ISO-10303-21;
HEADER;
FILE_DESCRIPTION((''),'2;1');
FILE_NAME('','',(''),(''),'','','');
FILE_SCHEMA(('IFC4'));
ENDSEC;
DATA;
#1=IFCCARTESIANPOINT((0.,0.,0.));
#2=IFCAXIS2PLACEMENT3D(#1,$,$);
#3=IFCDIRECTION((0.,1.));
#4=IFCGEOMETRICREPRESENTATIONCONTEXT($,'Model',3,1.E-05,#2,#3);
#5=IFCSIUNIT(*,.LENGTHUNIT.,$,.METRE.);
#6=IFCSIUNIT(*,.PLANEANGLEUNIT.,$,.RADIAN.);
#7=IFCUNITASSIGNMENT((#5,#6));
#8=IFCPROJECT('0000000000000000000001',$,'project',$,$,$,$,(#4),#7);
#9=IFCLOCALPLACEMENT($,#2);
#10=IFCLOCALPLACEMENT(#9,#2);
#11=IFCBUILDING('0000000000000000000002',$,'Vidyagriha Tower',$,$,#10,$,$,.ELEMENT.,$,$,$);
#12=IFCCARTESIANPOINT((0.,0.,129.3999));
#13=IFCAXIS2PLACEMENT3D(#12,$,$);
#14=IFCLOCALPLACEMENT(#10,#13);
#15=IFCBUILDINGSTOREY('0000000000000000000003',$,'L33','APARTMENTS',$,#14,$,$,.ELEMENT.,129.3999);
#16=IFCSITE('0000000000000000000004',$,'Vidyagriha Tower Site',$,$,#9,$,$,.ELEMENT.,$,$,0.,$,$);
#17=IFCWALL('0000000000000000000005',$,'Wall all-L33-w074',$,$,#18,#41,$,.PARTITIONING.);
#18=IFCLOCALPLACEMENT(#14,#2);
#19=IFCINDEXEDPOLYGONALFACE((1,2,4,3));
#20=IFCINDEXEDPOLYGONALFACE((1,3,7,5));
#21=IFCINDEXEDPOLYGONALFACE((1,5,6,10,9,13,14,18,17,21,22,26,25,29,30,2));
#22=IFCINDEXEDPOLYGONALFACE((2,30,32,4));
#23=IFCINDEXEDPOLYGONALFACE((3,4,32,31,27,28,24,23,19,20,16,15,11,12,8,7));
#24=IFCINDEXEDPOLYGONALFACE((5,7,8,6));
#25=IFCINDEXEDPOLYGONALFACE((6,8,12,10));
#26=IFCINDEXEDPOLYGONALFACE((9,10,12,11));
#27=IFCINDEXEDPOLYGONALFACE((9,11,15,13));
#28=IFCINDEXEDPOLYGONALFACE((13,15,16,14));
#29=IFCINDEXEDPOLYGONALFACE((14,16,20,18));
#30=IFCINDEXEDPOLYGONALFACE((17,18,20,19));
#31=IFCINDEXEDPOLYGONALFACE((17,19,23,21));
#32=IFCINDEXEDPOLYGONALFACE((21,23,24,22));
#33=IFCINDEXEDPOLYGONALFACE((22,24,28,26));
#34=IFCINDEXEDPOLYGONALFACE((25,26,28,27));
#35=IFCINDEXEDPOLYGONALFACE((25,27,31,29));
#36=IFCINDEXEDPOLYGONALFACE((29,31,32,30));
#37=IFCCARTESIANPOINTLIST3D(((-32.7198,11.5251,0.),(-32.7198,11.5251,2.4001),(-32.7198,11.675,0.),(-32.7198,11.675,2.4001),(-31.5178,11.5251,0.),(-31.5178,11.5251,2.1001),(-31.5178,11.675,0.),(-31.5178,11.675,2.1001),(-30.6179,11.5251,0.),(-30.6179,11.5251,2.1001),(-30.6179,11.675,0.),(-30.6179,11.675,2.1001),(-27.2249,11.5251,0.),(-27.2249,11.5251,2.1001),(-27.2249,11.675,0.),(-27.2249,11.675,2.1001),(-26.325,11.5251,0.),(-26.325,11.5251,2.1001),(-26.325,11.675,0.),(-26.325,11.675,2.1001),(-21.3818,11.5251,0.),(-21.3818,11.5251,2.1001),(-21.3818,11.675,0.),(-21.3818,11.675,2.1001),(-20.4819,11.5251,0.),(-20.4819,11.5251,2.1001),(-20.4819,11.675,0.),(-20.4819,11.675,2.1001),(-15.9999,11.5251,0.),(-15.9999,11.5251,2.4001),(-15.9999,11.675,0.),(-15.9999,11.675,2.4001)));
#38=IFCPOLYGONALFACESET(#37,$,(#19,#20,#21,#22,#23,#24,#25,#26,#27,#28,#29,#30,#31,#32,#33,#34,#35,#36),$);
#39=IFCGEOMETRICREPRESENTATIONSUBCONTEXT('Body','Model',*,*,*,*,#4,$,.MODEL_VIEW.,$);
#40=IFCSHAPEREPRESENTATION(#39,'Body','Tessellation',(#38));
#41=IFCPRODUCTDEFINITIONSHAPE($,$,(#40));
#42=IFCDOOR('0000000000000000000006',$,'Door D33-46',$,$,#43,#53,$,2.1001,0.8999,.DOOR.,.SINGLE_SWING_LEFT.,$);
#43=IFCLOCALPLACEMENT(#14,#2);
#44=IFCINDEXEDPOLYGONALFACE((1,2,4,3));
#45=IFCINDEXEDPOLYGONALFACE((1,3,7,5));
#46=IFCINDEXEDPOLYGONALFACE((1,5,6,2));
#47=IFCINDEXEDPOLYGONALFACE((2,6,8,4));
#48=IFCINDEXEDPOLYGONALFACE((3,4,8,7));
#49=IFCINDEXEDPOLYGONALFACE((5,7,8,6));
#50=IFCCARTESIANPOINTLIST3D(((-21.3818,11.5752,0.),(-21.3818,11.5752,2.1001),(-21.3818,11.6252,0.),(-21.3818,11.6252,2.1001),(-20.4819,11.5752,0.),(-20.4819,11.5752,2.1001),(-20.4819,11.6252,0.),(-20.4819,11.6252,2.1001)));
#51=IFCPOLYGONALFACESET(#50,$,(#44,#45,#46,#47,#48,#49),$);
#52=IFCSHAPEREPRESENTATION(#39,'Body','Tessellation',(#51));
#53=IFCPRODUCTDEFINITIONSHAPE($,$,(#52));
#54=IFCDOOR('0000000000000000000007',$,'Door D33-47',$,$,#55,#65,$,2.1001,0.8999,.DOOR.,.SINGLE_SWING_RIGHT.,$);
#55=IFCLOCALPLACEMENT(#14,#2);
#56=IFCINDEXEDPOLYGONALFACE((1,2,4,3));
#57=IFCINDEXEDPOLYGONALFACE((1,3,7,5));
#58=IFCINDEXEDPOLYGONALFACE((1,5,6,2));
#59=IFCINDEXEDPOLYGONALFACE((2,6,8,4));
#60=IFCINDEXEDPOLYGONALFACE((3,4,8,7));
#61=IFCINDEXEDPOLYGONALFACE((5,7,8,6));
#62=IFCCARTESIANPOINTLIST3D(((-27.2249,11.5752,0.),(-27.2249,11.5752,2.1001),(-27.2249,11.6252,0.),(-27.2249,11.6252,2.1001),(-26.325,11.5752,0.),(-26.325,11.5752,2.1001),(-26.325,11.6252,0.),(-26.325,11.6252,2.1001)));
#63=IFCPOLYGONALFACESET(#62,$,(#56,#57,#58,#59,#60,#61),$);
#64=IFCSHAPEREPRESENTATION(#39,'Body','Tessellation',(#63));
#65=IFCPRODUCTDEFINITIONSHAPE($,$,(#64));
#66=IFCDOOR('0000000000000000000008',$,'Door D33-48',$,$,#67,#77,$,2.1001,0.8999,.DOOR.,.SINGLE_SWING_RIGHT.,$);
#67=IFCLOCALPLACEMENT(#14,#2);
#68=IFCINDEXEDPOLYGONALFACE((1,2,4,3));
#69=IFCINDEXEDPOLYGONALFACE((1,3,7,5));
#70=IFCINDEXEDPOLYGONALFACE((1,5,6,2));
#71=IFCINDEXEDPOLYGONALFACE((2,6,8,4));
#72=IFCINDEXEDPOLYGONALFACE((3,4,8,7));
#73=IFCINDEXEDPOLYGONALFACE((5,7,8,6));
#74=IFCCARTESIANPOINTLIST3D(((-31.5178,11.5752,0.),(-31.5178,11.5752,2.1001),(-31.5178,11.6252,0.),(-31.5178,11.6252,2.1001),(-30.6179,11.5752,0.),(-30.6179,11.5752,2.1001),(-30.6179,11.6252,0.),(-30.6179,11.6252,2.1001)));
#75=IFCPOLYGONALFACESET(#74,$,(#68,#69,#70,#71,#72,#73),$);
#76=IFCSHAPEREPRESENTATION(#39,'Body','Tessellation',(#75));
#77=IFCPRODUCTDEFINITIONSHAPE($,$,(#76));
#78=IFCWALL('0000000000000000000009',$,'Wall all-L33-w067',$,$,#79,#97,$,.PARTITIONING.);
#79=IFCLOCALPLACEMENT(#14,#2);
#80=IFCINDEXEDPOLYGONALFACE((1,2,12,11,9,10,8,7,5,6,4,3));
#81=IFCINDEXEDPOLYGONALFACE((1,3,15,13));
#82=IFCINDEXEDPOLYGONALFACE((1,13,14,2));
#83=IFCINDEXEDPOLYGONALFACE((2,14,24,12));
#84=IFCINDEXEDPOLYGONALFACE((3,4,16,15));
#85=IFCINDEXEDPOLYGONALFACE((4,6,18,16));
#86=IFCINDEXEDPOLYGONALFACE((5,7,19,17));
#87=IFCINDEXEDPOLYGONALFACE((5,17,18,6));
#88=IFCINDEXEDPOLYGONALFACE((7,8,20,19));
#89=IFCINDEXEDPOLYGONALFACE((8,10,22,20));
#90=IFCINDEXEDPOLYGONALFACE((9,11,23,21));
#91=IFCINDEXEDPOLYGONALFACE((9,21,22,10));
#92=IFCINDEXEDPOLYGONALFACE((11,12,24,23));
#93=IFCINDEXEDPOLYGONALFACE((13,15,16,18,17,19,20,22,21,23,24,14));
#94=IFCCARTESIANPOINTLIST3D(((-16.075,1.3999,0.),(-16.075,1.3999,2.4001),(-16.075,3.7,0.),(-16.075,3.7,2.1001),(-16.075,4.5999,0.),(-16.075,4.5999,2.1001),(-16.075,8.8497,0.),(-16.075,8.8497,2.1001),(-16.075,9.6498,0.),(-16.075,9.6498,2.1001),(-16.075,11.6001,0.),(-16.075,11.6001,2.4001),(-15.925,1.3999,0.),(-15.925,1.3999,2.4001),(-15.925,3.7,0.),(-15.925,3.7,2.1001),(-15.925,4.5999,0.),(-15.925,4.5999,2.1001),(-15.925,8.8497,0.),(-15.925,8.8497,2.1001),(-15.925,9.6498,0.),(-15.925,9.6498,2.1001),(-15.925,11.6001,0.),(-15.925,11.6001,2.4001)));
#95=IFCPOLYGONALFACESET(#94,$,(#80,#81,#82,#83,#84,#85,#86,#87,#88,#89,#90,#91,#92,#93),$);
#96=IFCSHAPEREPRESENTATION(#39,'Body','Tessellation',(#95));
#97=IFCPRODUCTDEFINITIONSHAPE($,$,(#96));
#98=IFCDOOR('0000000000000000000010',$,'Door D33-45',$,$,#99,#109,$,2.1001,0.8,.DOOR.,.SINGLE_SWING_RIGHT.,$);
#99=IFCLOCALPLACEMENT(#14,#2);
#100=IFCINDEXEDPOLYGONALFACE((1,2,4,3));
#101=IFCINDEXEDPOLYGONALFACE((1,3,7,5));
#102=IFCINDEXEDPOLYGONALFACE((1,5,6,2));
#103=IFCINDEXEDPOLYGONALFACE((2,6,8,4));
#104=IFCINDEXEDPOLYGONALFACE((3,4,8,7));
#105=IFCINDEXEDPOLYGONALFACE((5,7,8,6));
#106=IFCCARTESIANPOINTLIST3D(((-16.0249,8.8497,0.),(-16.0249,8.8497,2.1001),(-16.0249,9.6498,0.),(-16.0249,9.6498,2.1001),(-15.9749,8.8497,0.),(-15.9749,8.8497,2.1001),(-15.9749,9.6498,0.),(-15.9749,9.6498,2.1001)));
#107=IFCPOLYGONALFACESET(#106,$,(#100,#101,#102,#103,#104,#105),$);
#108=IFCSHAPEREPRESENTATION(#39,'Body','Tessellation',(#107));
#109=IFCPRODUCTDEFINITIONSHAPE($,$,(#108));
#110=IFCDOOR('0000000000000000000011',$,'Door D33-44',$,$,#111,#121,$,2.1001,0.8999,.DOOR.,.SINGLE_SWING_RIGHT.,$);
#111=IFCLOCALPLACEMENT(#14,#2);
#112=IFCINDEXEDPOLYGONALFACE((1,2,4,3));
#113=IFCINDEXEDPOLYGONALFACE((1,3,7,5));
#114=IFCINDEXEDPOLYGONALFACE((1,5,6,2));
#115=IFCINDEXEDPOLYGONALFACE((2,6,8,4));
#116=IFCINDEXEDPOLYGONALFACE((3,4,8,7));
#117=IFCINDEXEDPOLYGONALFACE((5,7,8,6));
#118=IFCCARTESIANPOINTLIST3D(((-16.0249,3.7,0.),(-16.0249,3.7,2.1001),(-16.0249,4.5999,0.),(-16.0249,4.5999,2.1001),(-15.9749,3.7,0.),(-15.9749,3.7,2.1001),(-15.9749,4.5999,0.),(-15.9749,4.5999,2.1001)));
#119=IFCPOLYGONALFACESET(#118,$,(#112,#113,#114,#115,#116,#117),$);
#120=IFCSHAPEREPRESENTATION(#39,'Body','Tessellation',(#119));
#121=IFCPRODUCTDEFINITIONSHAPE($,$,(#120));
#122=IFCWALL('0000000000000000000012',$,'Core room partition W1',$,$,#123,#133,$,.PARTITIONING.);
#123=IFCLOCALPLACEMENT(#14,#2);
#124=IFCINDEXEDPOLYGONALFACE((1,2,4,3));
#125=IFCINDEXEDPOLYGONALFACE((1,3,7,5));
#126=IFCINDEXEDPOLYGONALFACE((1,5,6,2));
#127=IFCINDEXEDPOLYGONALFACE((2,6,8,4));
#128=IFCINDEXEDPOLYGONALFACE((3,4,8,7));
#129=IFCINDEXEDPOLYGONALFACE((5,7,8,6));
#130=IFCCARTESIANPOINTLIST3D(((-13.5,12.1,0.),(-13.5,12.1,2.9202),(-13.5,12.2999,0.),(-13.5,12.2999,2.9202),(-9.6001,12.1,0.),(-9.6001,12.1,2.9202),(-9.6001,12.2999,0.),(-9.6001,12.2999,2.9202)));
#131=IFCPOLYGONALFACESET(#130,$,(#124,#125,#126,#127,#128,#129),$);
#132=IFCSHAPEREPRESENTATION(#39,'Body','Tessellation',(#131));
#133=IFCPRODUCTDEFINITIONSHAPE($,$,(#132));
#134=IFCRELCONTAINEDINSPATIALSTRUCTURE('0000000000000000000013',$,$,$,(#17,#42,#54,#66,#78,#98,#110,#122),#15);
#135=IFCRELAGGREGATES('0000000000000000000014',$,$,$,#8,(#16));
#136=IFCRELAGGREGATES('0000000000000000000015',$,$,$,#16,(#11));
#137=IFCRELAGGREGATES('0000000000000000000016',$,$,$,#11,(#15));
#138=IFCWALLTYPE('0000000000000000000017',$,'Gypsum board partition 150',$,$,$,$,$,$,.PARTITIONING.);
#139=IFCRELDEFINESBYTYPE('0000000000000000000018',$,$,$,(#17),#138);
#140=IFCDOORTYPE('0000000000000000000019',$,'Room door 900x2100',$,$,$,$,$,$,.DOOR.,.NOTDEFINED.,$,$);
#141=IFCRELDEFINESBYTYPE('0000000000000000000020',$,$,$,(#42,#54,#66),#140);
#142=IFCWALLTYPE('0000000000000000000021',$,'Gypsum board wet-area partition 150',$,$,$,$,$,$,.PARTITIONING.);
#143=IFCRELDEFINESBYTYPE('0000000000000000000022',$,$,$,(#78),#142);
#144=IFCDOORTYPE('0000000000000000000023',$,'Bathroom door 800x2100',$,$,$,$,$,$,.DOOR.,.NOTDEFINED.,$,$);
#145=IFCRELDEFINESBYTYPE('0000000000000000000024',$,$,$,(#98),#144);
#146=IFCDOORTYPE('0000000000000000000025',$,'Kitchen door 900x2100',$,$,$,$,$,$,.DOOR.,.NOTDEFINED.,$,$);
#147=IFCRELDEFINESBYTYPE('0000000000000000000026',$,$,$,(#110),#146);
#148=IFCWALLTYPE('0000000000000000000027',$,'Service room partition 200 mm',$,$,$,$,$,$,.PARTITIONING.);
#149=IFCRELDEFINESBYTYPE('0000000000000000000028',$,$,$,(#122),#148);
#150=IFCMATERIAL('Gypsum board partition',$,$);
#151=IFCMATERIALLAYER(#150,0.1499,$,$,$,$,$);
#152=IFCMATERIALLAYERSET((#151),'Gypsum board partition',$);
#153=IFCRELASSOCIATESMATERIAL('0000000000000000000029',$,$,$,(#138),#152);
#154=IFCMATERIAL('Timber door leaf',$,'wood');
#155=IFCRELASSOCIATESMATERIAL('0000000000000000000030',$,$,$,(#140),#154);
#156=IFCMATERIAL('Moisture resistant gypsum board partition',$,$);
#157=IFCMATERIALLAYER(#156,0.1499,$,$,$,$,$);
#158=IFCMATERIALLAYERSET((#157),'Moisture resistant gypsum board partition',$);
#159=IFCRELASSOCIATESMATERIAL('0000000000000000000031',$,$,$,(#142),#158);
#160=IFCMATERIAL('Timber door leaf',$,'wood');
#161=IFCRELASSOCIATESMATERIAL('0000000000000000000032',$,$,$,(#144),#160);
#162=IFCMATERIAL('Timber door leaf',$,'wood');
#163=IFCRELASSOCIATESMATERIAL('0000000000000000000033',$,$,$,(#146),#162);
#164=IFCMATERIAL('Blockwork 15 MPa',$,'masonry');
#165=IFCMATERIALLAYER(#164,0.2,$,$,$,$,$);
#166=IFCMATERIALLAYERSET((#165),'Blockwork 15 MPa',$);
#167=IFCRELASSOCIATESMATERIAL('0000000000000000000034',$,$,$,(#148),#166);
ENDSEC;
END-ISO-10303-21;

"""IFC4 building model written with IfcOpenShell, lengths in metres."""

from ifc_helpers import new_model, si_unit, direction, frame, frame_2d, origin, place, context, subcontext, project, spatial, rectangle, extrude, material, layer, layer_set, type_object, element, fill, save


model = new_model("IFC4")

# Units and contexts
model_context = context("Model", 3, precision=1e-05, world=origin(), true_north=direction((0.0, 1.0)))
body_context = subcontext(model_context, "Body", "Model", "MODEL_VIEW")
ifc_project = project(units=[si_unit("LENGTHUNIT", "METRE"), si_unit("PLANEANGLEUNIT", "RADIAN")], contexts=[model_context])

# Site, building, storey
site_placement = place(None, origin())
site = spatial("IfcSite", under=ifc_project, at=site_placement, Name="Vidyagriha Tower Site", CompositionType="ELEMENT", RefElevation=0.0)
building_placement = place(site_placement, origin())
building = spatial("IfcBuilding", under=site, at=building_placement, Name="Vidyagriha Tower", CompositionType="ELEMENT")
storey_placement = place(building_placement, frame((0.0, 0.0, 129.3999)))
storey = spatial("IfcBuildingStorey", under=building, at=storey_placement, Name="L33", Description="APARTMENTS", CompositionType="ELEMENT", Elevation=129.3999)

# Shared definitions
ifc_material_1 = material(Name="Gypsum board partition")
ifc_layer_1 = layer(ifc_material_1, 0.1499)
ifc_layer_set_1 = layer_set([ifc_layer_1], Name="Gypsum board partition")
wall_type_1 = type_object("IfcWallType", Name="Gypsum board partition 150", PredefinedType="PARTITIONING", material=ifc_layer_set_1)

# Walls, openings, doors
wall_1_placement = place(storey_placement, frame((-16.0, 11.6001, 0.0), z_axis=(0.0, 0.0, 1.0), x_axis=(-1.0, 0.0, 0.0)))
wall_1 = element("IfcWall", 1, at=wall_1_placement, inside=storey, type_object=wall_type_1, Name="Wall all-L33-w074", PredefinedType="PARTITIONING", context=body_context, shape_type="SweptSolid", body=[
    extrude(rectangle(XDim=16.72, YDim=0.1499, at=frame_2d((8.3599, 0.0))), origin(), (0.0, 0.0, 1.0), 2.4001),
])
opening_1_placement = place(wall_1_placement, frame((4.4819, 0.0, 0.0)))
opening_1 = element("IfcOpeningElement", 2, at=opening_1_placement, cuts=wall_1, PredefinedType="OPENING", context=body_context, shape_type="SweptSolid", body=[
    extrude(rectangle(XDim=0.8999, YDim=2.1001, at=frame_2d((0.45, 1.05))), frame((0.0, 0.085, 0.0), z_axis=(0.0, -1.0, 0.0), x_axis=(1.0, 0.0, 0.0)), (0.0, 0.0, 1.0), 0.1699),
])
opening_2_placement = place(wall_1_placement, frame((10.325, 0.0, 0.0)))
opening_2 = element("IfcOpeningElement", 3, at=opening_2_placement, cuts=wall_1, PredefinedType="OPENING", context=body_context, shape_type="SweptSolid", body=[
    extrude(rectangle(XDim=0.8999, YDim=2.1001, at=frame_2d((0.45, 1.05))), frame((0.0, 0.085, 0.0), z_axis=(0.0, -1.0, 0.0), x_axis=(1.0, 0.0, 0.0)), (0.0, 0.0, 1.0), 0.1699),
])
opening_3_placement = place(wall_1_placement, frame((14.6179, 0.0, 0.0)))
opening_3 = element("IfcOpeningElement", 4, at=opening_3_placement, cuts=wall_1, PredefinedType="OPENING", context=body_context, shape_type="SweptSolid", body=[
    extrude(rectangle(XDim=0.8999, YDim=2.1001, at=frame_2d((0.45, 1.05))), frame((0.0, 0.085, 0.0), z_axis=(0.0, -1.0, 0.0), x_axis=(1.0, 0.0, 0.0)), (0.0, 0.0, 1.0), 0.1699),
])
ifc_material_2 = material(Name="Timber door leaf", Category="wood")
door_type_1 = type_object("IfcDoorType", Name="Room door 900x2100", OperationType="NOTDEFINED", PredefinedType="DOOR", material=ifc_material_2)
door_1_placement = place(opening_1_placement, origin())
door_1 = element("IfcDoor", 5, at=door_1_placement, inside=storey, type_object=door_type_1, Name="Door D33-46", OperationType="SINGLE_SWING_LEFT", OverallHeight=2.1001, OverallWidth=0.8999, PredefinedType="DOOR", context=body_context, shape_type="SweptSolid", body=[
    extrude(rectangle(XDim=0.8999, YDim=2.1001, at=frame_2d((0.45, 1.05))), frame((0.0, 0.0249, 0.0), z_axis=(0.0, -1.0, 0.0), x_axis=(1.0, 0.0, 0.0)), (0.0, 0.0, 1.0), 0.05),
])
fill(opening_1, door_1)
door_2_placement = place(opening_2_placement, origin())
door_2 = element("IfcDoor", 6, at=door_2_placement, inside=storey, type_object=door_type_1, Name="Door D33-47", OperationType="SINGLE_SWING_RIGHT", OverallHeight=2.1001, OverallWidth=0.8999, PredefinedType="DOOR", context=body_context, shape_type="SweptSolid", body=[
    extrude(rectangle(XDim=0.8999, YDim=2.1001, at=frame_2d((0.45, 1.05))), frame((0.0, 0.0249, 0.0), z_axis=(0.0, -1.0, 0.0), x_axis=(1.0, 0.0, 0.0)), (0.0, 0.0, 1.0), 0.05),
])
fill(opening_2, door_2)
door_3_placement = place(opening_3_placement, origin())
door_3 = element("IfcDoor", 7, at=door_3_placement, inside=storey, type_object=door_type_1, Name="Door D33-48", OperationType="SINGLE_SWING_RIGHT", OverallHeight=2.1001, OverallWidth=0.8999, PredefinedType="DOOR", context=body_context, shape_type="SweptSolid", body=[
    extrude(rectangle(XDim=0.8999, YDim=2.1001, at=frame_2d((0.45, 1.05))), frame((0.0, 0.0249, 0.0), z_axis=(0.0, -1.0, 0.0), x_axis=(1.0, 0.0, 0.0)), (0.0, 0.0, 1.0), 0.05),
])
fill(opening_3, door_3)
ifc_material_3 = material(Name="Moisture resistant gypsum board partition")
ifc_layer_2 = layer(ifc_material_3, 0.1499)
ifc_layer_set_2 = layer_set([ifc_layer_2], Name="Moisture resistant gypsum board partition")
wall_type_2 = type_object("IfcWallType", Name="Gypsum board wet-area partition 150", PredefinedType="PARTITIONING", material=ifc_layer_set_2)
wall_2_placement = place(storey_placement, frame((-16.0, 1.3999, 0.0), z_axis=(0.0, 0.0, 1.0), x_axis=(0.0, 1.0, 0.0)))
wall_2 = element("IfcWall", 8, at=wall_2_placement, inside=storey, type_object=wall_type_2, Name="Wall all-L33-w067", PredefinedType="PARTITIONING", context=body_context, shape_type="SweptSolid", body=[
    extrude(rectangle(XDim=10.2002, YDim=0.1499, at=frame_2d((5.1001, 0.0))), origin(), (0.0, 0.0, 1.0), 2.4001),
])
opening_4_placement = place(wall_2_placement, frame((2.3, 0.0, 0.0)))
opening_4 = element("IfcOpeningElement", 9, at=opening_4_placement, cuts=wall_2, PredefinedType="OPENING", context=body_context, shape_type="SweptSolid", body=[
    extrude(rectangle(XDim=0.8999, YDim=2.1001, at=frame_2d((0.45, 1.05))), frame((0.0, 0.085, 0.0), z_axis=(0.0, -1.0, 0.0), x_axis=(1.0, 0.0, 0.0)), (0.0, 0.0, 1.0), 0.1699),
])
opening_5_placement = place(wall_2_placement, frame((7.45, 0.0, 0.0)))
opening_5 = element("IfcOpeningElement", 10, at=opening_5_placement, cuts=wall_2, PredefinedType="OPENING", context=body_context, shape_type="SweptSolid", body=[
    extrude(rectangle(XDim=0.8, YDim=2.1001, at=frame_2d((0.3999, 1.05))), frame((0.0, 0.085, 0.0), z_axis=(0.0, -1.0, 0.0), x_axis=(1.0, 0.0, 0.0)), (0.0, 0.0, 1.0), 0.1699),
])
ifc_material_4 = material(Name="Timber door leaf", Category="wood")
door_type_2 = type_object("IfcDoorType", Name="Bathroom door 800x2100", OperationType="NOTDEFINED", PredefinedType="DOOR", material=ifc_material_4)
door_4_placement = place(opening_5_placement, origin())
door_4 = element("IfcDoor", 11, at=door_4_placement, inside=storey, type_object=door_type_2, Name="Door D33-45", OperationType="SINGLE_SWING_RIGHT", OverallHeight=2.1001, OverallWidth=0.8, PredefinedType="DOOR", context=body_context, shape_type="SweptSolid", body=[
    extrude(rectangle(XDim=0.8, YDim=2.1001, at=frame_2d((0.3999, 1.05))), frame((0.0, 0.0249, 0.0), z_axis=(0.0, -1.0, 0.0), x_axis=(1.0, 0.0, 0.0)), (0.0, 0.0, 1.0), 0.05),
])
fill(opening_5, door_4)
ifc_material_5 = material(Name="Timber door leaf", Category="wood")
door_type_3 = type_object("IfcDoorType", Name="Kitchen door 900x2100", OperationType="NOTDEFINED", PredefinedType="DOOR", material=ifc_material_5)
door_5_placement = place(opening_4_placement, origin())
door_5 = element("IfcDoor", 12, at=door_5_placement, inside=storey, type_object=door_type_3, Name="Door D33-44", OperationType="SINGLE_SWING_RIGHT", OverallHeight=2.1001, OverallWidth=0.8999, PredefinedType="DOOR", context=body_context, shape_type="SweptSolid", body=[
    extrude(rectangle(XDim=0.8999, YDim=2.1001, at=frame_2d((0.45, 1.05))), frame((0.0, 0.0249, 0.0), z_axis=(0.0, -1.0, 0.0), x_axis=(1.0, 0.0, 0.0)), (0.0, 0.0, 1.0), 0.05),
])
fill(opening_4, door_5)

# Wall
ifc_material_6 = material(Name="Blockwork 15 MPa", Category="masonry")
ifc_layer_3 = layer(ifc_material_6, 0.2)
ifc_layer_set_3 = layer_set([ifc_layer_3], Name="Blockwork 15 MPa")
wall_type_3 = type_object("IfcWallType", Name="Service room partition 200 mm", PredefinedType="PARTITIONING", material=ifc_layer_set_3)
wall_3_placement = place(storey_placement, frame((-13.5, 12.2, 0.0)))
element("IfcWall", 13, at=wall_3_placement, inside=storey, type_object=wall_type_3, Name="Core room partition W1", PredefinedType="PARTITIONING", context=body_context, shape_type="SweptSolid", body=[
    extrude(rectangle(XDim=3.8999, YDim=0.2, at=frame_2d((1.95, 0.0))), origin(), (0.0, 0.0, 1.0), 2.9202),
])

save(model, "model.ifc")
